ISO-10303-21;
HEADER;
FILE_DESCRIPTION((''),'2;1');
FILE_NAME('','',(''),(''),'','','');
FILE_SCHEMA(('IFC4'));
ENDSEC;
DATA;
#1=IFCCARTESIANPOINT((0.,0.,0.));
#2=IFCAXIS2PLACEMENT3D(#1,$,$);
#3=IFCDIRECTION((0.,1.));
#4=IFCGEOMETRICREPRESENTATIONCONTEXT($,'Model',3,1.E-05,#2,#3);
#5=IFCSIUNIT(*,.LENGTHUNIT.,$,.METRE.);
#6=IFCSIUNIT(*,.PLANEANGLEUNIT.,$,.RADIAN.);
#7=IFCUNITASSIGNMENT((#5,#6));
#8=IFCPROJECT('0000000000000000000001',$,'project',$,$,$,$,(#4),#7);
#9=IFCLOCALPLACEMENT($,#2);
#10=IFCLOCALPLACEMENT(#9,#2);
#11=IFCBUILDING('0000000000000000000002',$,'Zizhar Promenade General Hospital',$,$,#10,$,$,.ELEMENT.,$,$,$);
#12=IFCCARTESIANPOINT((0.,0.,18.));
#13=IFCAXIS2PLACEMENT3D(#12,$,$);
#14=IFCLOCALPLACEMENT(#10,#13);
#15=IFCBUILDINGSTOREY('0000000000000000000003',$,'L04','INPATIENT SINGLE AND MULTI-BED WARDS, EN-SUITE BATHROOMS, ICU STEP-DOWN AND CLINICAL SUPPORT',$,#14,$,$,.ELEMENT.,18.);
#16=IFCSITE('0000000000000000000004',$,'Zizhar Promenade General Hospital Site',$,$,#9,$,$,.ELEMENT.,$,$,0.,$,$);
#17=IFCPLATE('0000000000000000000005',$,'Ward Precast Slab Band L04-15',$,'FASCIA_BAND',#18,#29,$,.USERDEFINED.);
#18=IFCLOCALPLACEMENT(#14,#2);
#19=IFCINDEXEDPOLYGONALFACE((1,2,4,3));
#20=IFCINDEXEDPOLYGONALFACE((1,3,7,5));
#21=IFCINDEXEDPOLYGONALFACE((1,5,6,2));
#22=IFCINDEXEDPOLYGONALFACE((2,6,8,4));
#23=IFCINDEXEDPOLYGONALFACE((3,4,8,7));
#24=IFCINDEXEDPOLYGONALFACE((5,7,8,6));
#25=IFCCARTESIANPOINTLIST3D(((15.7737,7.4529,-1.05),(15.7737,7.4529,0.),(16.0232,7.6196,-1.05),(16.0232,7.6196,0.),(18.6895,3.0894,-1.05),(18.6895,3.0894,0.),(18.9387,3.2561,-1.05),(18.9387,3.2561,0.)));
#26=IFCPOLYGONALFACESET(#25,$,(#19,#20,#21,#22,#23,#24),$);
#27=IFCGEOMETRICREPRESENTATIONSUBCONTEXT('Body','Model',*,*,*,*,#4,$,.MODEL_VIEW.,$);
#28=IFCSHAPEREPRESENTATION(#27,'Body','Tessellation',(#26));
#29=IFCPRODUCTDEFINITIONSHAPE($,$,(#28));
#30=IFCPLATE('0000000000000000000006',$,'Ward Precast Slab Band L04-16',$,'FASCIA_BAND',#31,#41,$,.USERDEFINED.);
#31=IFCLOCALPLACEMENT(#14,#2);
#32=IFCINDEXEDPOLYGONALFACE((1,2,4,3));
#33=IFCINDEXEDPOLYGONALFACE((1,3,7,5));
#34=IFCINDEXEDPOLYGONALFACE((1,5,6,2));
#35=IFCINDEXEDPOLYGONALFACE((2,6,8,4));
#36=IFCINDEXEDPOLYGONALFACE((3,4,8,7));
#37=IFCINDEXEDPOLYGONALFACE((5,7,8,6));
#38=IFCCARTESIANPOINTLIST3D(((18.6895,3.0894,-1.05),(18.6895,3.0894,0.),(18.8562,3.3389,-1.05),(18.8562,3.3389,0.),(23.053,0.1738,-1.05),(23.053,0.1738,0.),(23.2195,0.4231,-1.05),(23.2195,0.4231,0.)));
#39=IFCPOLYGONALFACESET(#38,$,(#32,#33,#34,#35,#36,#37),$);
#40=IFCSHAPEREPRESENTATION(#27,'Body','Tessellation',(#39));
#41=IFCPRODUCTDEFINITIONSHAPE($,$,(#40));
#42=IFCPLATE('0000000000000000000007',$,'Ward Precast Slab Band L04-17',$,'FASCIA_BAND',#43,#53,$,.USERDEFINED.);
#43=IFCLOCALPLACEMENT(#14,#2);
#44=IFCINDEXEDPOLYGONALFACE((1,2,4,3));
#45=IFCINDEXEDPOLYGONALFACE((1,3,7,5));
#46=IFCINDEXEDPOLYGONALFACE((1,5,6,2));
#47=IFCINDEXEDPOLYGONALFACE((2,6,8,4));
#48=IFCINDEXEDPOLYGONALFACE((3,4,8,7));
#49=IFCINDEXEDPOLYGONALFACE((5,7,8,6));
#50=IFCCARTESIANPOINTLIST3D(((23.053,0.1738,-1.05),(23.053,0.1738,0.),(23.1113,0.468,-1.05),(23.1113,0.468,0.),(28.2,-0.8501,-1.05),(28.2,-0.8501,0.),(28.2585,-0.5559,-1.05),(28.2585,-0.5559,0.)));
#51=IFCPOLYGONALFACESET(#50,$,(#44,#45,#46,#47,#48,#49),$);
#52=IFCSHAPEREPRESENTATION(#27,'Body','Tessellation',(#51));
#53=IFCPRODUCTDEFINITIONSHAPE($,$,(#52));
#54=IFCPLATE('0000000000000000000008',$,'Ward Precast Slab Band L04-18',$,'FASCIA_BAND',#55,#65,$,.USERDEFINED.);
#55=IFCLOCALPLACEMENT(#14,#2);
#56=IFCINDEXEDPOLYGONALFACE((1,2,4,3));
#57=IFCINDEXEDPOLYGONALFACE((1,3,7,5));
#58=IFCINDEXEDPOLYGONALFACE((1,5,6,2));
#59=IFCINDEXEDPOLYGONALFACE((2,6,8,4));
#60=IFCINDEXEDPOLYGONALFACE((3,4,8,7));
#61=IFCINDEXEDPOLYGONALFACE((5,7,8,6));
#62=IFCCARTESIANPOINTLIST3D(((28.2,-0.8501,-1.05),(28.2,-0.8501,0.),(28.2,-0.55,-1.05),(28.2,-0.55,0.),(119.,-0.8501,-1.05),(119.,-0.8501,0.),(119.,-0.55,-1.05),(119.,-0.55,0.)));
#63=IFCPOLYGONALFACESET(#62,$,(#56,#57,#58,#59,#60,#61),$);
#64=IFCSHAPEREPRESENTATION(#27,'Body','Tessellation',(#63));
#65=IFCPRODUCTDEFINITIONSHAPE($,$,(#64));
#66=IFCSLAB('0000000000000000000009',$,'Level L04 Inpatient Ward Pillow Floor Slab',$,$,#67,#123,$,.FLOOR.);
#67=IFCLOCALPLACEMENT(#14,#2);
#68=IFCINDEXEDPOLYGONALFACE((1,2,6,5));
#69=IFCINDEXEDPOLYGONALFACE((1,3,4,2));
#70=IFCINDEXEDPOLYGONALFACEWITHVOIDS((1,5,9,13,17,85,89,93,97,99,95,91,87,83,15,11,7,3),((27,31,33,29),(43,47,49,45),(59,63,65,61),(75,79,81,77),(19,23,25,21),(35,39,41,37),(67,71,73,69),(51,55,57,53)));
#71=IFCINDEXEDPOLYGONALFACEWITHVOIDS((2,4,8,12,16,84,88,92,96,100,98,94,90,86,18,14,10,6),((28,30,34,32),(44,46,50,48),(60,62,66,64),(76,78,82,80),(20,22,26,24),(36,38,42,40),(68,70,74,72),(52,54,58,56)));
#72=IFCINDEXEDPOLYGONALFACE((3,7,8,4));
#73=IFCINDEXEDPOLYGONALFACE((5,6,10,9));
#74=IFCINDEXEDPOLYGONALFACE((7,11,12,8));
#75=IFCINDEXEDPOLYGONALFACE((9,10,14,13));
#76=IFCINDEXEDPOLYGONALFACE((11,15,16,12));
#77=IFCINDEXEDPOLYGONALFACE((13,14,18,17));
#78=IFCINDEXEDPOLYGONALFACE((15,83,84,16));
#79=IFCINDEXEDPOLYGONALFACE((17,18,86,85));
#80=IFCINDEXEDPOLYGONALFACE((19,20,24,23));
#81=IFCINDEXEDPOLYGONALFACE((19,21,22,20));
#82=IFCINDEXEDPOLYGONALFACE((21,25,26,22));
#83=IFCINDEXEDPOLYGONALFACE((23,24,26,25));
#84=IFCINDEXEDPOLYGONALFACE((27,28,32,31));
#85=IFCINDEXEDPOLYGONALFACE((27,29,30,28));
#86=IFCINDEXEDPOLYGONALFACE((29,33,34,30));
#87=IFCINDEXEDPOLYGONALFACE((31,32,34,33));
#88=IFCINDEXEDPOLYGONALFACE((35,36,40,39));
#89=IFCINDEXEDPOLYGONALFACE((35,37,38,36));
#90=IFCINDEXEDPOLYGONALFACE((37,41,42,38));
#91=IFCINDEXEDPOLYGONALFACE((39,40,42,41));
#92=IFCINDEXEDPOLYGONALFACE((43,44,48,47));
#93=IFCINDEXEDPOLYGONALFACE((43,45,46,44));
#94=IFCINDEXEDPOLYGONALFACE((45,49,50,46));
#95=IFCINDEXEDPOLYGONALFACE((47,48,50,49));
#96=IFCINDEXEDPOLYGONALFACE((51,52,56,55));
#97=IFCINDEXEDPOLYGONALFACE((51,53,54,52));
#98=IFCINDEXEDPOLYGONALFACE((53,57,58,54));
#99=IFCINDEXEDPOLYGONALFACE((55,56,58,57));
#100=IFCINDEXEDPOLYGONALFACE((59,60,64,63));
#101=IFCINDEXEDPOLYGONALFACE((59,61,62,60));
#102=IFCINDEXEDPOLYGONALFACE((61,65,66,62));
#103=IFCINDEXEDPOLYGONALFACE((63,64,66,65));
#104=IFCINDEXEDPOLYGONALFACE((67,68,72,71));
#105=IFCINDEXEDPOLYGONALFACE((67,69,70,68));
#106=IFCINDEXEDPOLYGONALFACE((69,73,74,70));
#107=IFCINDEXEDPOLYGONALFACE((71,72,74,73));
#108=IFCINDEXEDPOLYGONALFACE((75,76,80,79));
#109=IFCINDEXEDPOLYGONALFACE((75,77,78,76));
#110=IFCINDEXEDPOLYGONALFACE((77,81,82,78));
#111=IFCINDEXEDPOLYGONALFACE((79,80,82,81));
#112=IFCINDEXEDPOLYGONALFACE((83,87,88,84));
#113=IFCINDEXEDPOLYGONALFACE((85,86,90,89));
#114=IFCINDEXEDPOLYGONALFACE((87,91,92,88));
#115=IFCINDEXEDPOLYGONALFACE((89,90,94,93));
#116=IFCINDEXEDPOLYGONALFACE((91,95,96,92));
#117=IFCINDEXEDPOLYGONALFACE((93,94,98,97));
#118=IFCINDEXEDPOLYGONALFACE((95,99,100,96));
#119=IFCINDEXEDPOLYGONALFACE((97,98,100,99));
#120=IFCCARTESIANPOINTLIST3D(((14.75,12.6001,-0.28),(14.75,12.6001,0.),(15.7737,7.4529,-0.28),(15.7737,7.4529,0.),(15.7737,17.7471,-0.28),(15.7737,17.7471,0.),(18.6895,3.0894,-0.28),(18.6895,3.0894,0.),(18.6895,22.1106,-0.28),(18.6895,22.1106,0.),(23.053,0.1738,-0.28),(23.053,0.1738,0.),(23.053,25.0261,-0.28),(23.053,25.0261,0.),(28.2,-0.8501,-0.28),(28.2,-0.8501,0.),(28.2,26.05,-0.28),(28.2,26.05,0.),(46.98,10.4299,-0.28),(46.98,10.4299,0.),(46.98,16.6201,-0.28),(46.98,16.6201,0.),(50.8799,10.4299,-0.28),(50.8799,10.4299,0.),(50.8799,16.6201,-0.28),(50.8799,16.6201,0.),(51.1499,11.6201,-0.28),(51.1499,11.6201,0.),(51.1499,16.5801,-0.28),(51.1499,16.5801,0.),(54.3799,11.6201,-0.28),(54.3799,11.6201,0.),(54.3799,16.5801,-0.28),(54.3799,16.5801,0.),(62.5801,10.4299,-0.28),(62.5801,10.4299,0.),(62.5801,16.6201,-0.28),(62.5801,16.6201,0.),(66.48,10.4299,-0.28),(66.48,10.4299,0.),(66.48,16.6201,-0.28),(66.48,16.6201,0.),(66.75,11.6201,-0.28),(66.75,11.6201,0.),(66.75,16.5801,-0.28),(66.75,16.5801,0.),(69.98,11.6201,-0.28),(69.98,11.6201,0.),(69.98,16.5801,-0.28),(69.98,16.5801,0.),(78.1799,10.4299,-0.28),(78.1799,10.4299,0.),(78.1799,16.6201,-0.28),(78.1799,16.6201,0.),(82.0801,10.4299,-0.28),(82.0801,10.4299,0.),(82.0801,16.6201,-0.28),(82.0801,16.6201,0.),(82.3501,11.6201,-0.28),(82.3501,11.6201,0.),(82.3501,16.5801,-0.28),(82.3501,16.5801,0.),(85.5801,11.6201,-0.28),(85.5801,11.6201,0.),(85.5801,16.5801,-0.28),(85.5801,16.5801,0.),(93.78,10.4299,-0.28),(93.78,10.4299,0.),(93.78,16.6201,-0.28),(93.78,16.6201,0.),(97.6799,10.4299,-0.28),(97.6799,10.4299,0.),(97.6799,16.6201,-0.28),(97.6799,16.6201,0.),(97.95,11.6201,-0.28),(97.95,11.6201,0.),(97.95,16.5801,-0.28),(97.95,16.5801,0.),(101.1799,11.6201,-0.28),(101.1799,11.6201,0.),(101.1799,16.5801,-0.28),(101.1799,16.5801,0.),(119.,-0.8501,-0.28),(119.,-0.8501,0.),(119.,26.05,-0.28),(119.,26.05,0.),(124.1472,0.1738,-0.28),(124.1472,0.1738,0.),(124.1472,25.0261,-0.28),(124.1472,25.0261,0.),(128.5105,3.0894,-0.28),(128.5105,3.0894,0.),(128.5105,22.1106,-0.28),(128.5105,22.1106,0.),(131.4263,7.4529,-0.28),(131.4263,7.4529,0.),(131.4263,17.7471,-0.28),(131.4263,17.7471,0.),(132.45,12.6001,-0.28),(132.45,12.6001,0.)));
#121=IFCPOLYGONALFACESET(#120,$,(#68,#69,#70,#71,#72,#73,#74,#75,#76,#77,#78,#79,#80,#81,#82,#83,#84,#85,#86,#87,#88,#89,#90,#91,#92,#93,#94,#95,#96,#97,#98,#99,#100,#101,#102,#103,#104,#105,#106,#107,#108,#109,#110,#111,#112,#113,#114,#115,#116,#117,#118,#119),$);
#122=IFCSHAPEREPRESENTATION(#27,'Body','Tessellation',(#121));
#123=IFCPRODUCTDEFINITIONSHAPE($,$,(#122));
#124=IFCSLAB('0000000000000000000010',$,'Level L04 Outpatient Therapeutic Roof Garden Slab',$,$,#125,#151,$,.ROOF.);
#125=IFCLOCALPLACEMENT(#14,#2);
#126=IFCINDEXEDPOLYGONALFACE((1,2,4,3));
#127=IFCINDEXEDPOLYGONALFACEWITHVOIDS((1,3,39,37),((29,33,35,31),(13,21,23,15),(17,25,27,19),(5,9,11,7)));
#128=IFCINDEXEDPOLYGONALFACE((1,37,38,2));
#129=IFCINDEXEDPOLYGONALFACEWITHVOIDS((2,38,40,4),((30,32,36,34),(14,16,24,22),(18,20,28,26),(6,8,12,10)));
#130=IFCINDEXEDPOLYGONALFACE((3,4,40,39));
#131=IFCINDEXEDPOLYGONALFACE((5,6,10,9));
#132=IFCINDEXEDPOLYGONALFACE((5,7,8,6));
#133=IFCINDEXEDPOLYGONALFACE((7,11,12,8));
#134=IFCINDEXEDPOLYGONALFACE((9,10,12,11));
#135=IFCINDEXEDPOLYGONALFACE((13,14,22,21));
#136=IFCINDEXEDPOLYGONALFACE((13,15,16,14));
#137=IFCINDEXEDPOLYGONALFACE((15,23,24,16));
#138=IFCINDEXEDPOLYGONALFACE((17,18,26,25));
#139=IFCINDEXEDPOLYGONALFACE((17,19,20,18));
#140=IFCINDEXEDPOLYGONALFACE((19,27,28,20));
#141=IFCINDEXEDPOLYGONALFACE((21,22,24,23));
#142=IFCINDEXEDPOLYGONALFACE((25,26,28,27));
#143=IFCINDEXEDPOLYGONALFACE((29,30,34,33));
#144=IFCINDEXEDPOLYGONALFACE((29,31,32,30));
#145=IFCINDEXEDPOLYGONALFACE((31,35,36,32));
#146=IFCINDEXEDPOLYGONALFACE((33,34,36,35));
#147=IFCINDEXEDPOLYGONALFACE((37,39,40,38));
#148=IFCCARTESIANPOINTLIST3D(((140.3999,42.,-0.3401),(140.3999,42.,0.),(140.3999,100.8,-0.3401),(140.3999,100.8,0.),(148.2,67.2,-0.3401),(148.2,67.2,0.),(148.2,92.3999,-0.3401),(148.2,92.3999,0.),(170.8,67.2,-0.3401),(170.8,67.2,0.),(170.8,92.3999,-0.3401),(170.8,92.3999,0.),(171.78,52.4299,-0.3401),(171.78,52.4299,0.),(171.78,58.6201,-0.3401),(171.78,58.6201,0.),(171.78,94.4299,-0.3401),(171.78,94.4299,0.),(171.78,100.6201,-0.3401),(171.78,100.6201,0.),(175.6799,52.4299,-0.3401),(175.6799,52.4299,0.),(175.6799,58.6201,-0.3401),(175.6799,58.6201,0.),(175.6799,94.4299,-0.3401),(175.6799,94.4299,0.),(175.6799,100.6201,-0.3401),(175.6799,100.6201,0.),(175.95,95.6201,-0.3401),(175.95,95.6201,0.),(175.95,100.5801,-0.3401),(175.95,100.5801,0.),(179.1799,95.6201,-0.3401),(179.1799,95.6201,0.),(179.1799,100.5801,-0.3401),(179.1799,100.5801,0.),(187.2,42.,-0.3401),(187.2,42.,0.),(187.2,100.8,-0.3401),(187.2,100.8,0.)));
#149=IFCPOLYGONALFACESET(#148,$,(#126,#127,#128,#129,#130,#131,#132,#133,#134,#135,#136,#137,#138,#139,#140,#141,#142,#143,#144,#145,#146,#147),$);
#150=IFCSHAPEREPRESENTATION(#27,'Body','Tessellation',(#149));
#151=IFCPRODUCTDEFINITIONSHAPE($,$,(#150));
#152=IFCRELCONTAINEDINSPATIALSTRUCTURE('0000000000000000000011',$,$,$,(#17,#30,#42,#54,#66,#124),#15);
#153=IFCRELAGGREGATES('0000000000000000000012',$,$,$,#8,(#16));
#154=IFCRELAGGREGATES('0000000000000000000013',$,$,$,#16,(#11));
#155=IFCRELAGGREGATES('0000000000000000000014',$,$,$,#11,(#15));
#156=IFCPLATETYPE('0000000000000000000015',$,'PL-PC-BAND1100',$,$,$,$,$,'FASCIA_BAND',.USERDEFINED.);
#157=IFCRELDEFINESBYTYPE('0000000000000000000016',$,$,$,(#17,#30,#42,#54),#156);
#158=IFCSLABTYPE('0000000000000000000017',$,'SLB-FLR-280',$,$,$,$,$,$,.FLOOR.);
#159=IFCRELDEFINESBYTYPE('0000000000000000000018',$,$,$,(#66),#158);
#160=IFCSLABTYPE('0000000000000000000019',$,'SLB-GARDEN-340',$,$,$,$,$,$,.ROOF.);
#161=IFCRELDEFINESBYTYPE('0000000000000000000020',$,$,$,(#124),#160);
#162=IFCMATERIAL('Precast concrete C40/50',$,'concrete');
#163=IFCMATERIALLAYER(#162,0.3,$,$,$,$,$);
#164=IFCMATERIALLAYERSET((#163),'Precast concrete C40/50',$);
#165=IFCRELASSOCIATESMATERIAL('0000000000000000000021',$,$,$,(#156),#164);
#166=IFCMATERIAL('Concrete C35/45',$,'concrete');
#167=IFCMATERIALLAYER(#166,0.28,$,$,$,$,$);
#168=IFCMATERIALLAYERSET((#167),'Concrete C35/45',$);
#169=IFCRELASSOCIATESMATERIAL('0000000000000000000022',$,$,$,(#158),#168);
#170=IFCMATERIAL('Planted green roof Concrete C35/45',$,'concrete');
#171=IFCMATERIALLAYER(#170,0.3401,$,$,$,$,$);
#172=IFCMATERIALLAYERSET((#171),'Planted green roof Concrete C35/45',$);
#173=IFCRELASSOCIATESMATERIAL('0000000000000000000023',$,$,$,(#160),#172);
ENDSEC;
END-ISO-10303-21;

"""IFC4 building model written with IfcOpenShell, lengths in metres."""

from ifc_helpers import new_model, si_unit, direction, frame, origin, place, context, subcontext, project, spatial, polyline, outline, extrude, material, layer, layer_set, type_object, element, save


model = new_model("IFC4")

# Units and contexts
model_context = context("Model", 3, precision=1e-05, world=origin(), true_north=direction((0.0, 1.0)))
body_context = subcontext(model_context, "Body", "Model", "MODEL_VIEW")
ifc_project = project(units=[si_unit("LENGTHUNIT", "METRE"), si_unit("PLANEANGLEUNIT", "RADIAN")], contexts=[model_context])

# Site, building, storey
site_placement = place(None, origin())
site = spatial("IfcSite", under=ifc_project, at=site_placement, Name="Zizhar Promenade General Hospital Site", CompositionType="ELEMENT", RefElevation=0.0)
building_placement = place(site_placement, origin())
building = spatial("IfcBuilding", under=site, at=building_placement, Name="Zizhar Promenade General Hospital", CompositionType="ELEMENT")
storey_placement = place(building_placement, frame((0.0, 0.0, 18.0)))
storey = spatial("IfcBuildingStorey", under=building, at=storey_placement, Name="L04", Description="INPATIENT SINGLE AND MULTI-BED WARDS, EN-SUITE BATHROOMS, ICU STEP-DOWN AND CLINICAL SUPPORT", CompositionType="ELEMENT", Elevation=18.0)

# Plates
ifc_material_1 = material(Name="Precast concrete C40/50", Category="concrete")
ifc_layer_1 = layer(ifc_material_1, 0.3)
ifc_layer_set_1 = layer_set([ifc_layer_1], Name="Precast concrete C40/50")
plate_type_1 = type_object("IfcPlateType", Name="PL-PC-BAND1100", ElementType="FASCIA_BAND", PredefinedType="USERDEFINED", material=ifc_layer_set_1)
plate_1_placement = place(storey_placement, frame((0.0, 0.0, -1.05)))
element("IfcPlate", 1, at=plate_1_placement, inside=storey, type_object=plate_type_1, Name="Ward Precast Slab Band L04-15", ObjectType="FASCIA_BAND", PredefinedType="USERDEFINED", context=body_context, shape_type="SweptSolid", body=[
    extrude(outline(polyline([(15.7737, 7.4529), (18.6895, 3.0894), (18.9387, 3.2561), (16.0232, 7.6196), (15.7737, 7.4529)])), origin(), (0.0, 0.0, 1.0), 1.05),
])
plate_2_placement = place(storey_placement, frame((0.0, 0.0, -1.05)))
element("IfcPlate", 2, at=plate_2_placement, inside=storey, type_object=plate_type_1, Name="Ward Precast Slab Band L04-16", ObjectType="FASCIA_BAND", PredefinedType="USERDEFINED", context=body_context, shape_type="SweptSolid", body=[
    extrude(outline(polyline([(18.6895, 3.0894), (23.053, 0.1738), (23.2195, 0.4231), (18.8562, 3.3389), (18.6895, 3.0894)])), origin(), (0.0, 0.0, 1.0), 1.05),
])
plate_3_placement = place(storey_placement, frame((0.0, 0.0, -1.05)))
element("IfcPlate", 3, at=plate_3_placement, inside=storey, type_object=plate_type_1, Name="Ward Precast Slab Band L04-17", ObjectType="FASCIA_BAND", PredefinedType="USERDEFINED", context=body_context, shape_type="SweptSolid", body=[
    extrude(outline(polyline([(23.053, 0.1738), (28.2, -0.8501), (28.2585, -0.5559), (23.1113, 0.468), (23.053, 0.1738)])), origin(), (0.0, 0.0, 1.0), 1.05),
])
plate_4_placement = place(storey_placement, frame((0.0, 0.0, -1.05)))
element("IfcPlate", 4, at=plate_4_placement, inside=storey, type_object=plate_type_1, Name="Ward Precast Slab Band L04-18", ObjectType="FASCIA_BAND", PredefinedType="USERDEFINED", context=body_context, shape_type="SweptSolid", body=[
    extrude(outline(polyline([(28.2, -0.8501), (119.0, -0.8501), (119.0, -0.55), (28.2, -0.55), (28.2, -0.8501)])), origin(), (0.0, 0.0, 1.0), 1.05),
])

# Slabs
ifc_material_2 = material(Name="Concrete C35/45", Category="concrete")
ifc_layer_2 = layer(ifc_material_2, 0.28)
ifc_layer_set_2 = layer_set([ifc_layer_2], Name="Concrete C35/45")
slab_type_1 = type_object("IfcSlabType", Name="SLB-FLR-280", PredefinedType="FLOOR", material=ifc_layer_set_2)
slab_1_placement = place(storey_placement, frame((0.0, 0.0, -0.28)))
element("IfcSlab", 5, at=slab_1_placement, inside=storey, type_object=slab_type_1, Name="Level L04 Inpatient Ward Pillow Floor Slab", PredefinedType="FLOOR", context=body_context, shape_type="SweptSolid", body=[
    extrude(outline(polyline([(119.0, -0.8501), (124.1472, 0.1738), (128.5105, 3.0894), (131.4263, 7.4529), (132.45, 12.6001), (131.4263, 17.7471), (128.5105, 22.1106), (124.1472, 25.0261), (119.0, 26.05), (28.2, 26.05), (23.053, 25.0261), (18.6895, 22.1106), (15.7737, 17.7471), (14.75, 12.6001), (15.7737, 7.4529), (18.6895, 3.0894), (23.053, 0.1738), (28.2, -0.8501), (119.0, -0.8501)]), holes=[polyline([(46.98, 10.4299), (46.98, 16.6201), (50.8799, 16.6201), (50.8799, 10.4299), (46.98, 10.4299)]), polyline([(51.1499, 11.6201), (51.1499, 16.5801), (54.3799, 16.5801), (54.3799, 11.6201), (51.1499, 11.6201)]), polyline([(62.5801, 10.4299), (62.5801, 16.6201), (66.48, 16.6201), (66.48, 10.4299), (62.5801, 10.4299)]), polyline([(66.75, 11.6201), (66.75, 16.5801), (69.98, 16.5801), (69.98, 11.6201), (66.75, 11.6201)]), polyline([(78.1799, 10.4299), (78.1799, 16.6201), (82.0801, 16.6201), (82.0801, 10.4299), (78.1799, 10.4299)]), polyline([(82.3501, 11.6201), (82.3501, 16.5801), (85.5801, 16.5801), (85.5801, 11.6201), (82.3501, 11.6201)]), polyline([(93.78, 10.4299), (93.78, 16.6201), (97.6799, 16.6201), (97.6799, 10.4299), (93.78, 10.4299)]), polyline([(97.95, 11.6201), (97.95, 16.5801), (101.1799, 16.5801), (101.1799, 11.6201), (97.95, 11.6201)])]), origin(), (0.0, 0.0, 1.0), 0.28),
])
ifc_material_3 = material(Name="Planted green roof Concrete C35/45", Category="concrete")
ifc_layer_3 = layer(ifc_material_3, 0.3401)
ifc_layer_set_3 = layer_set([ifc_layer_3], Name="Planted green roof Concrete C35/45")
slab_type_2 = type_object("IfcSlabType", Name="SLB-GARDEN-340", PredefinedType="ROOF", material=ifc_layer_set_3)
slab_2_placement = place(storey_placement, frame((0.0, 0.0, -0.3401)))
element("IfcSlab", 6, at=slab_2_placement, inside=storey, type_object=slab_type_2, Name="Level L04 Outpatient Therapeutic Roof Garden Slab", PredefinedType="ROOF", context=body_context, shape_type="SweptSolid", body=[
    extrude(outline(polyline([(140.3999, 42.0), (187.2, 42.0), (187.2, 100.8), (140.3999, 100.8), (140.3999, 42.0)]), holes=[polyline([(148.2, 67.2), (148.2, 92.3999), (170.8, 92.3999), (170.8, 67.2), (148.2, 67.2)]), polyline([(171.78, 94.4299), (171.78, 100.6201), (175.6799, 100.6201), (175.6799, 94.4299), (171.78, 94.4299)]), polyline([(175.95, 95.6201), (175.95, 100.5801), (179.1799, 100.5801), (179.1799, 95.6201), (175.95, 95.6201)]), polyline([(171.78, 52.4299), (171.78, 58.6201), (175.6799, 58.6201), (175.6799, 52.4299), (171.78, 52.4299)])]), origin(), (0.0, 0.0, 1.0), 0.3401),
])

save(model, "model.ifc")
